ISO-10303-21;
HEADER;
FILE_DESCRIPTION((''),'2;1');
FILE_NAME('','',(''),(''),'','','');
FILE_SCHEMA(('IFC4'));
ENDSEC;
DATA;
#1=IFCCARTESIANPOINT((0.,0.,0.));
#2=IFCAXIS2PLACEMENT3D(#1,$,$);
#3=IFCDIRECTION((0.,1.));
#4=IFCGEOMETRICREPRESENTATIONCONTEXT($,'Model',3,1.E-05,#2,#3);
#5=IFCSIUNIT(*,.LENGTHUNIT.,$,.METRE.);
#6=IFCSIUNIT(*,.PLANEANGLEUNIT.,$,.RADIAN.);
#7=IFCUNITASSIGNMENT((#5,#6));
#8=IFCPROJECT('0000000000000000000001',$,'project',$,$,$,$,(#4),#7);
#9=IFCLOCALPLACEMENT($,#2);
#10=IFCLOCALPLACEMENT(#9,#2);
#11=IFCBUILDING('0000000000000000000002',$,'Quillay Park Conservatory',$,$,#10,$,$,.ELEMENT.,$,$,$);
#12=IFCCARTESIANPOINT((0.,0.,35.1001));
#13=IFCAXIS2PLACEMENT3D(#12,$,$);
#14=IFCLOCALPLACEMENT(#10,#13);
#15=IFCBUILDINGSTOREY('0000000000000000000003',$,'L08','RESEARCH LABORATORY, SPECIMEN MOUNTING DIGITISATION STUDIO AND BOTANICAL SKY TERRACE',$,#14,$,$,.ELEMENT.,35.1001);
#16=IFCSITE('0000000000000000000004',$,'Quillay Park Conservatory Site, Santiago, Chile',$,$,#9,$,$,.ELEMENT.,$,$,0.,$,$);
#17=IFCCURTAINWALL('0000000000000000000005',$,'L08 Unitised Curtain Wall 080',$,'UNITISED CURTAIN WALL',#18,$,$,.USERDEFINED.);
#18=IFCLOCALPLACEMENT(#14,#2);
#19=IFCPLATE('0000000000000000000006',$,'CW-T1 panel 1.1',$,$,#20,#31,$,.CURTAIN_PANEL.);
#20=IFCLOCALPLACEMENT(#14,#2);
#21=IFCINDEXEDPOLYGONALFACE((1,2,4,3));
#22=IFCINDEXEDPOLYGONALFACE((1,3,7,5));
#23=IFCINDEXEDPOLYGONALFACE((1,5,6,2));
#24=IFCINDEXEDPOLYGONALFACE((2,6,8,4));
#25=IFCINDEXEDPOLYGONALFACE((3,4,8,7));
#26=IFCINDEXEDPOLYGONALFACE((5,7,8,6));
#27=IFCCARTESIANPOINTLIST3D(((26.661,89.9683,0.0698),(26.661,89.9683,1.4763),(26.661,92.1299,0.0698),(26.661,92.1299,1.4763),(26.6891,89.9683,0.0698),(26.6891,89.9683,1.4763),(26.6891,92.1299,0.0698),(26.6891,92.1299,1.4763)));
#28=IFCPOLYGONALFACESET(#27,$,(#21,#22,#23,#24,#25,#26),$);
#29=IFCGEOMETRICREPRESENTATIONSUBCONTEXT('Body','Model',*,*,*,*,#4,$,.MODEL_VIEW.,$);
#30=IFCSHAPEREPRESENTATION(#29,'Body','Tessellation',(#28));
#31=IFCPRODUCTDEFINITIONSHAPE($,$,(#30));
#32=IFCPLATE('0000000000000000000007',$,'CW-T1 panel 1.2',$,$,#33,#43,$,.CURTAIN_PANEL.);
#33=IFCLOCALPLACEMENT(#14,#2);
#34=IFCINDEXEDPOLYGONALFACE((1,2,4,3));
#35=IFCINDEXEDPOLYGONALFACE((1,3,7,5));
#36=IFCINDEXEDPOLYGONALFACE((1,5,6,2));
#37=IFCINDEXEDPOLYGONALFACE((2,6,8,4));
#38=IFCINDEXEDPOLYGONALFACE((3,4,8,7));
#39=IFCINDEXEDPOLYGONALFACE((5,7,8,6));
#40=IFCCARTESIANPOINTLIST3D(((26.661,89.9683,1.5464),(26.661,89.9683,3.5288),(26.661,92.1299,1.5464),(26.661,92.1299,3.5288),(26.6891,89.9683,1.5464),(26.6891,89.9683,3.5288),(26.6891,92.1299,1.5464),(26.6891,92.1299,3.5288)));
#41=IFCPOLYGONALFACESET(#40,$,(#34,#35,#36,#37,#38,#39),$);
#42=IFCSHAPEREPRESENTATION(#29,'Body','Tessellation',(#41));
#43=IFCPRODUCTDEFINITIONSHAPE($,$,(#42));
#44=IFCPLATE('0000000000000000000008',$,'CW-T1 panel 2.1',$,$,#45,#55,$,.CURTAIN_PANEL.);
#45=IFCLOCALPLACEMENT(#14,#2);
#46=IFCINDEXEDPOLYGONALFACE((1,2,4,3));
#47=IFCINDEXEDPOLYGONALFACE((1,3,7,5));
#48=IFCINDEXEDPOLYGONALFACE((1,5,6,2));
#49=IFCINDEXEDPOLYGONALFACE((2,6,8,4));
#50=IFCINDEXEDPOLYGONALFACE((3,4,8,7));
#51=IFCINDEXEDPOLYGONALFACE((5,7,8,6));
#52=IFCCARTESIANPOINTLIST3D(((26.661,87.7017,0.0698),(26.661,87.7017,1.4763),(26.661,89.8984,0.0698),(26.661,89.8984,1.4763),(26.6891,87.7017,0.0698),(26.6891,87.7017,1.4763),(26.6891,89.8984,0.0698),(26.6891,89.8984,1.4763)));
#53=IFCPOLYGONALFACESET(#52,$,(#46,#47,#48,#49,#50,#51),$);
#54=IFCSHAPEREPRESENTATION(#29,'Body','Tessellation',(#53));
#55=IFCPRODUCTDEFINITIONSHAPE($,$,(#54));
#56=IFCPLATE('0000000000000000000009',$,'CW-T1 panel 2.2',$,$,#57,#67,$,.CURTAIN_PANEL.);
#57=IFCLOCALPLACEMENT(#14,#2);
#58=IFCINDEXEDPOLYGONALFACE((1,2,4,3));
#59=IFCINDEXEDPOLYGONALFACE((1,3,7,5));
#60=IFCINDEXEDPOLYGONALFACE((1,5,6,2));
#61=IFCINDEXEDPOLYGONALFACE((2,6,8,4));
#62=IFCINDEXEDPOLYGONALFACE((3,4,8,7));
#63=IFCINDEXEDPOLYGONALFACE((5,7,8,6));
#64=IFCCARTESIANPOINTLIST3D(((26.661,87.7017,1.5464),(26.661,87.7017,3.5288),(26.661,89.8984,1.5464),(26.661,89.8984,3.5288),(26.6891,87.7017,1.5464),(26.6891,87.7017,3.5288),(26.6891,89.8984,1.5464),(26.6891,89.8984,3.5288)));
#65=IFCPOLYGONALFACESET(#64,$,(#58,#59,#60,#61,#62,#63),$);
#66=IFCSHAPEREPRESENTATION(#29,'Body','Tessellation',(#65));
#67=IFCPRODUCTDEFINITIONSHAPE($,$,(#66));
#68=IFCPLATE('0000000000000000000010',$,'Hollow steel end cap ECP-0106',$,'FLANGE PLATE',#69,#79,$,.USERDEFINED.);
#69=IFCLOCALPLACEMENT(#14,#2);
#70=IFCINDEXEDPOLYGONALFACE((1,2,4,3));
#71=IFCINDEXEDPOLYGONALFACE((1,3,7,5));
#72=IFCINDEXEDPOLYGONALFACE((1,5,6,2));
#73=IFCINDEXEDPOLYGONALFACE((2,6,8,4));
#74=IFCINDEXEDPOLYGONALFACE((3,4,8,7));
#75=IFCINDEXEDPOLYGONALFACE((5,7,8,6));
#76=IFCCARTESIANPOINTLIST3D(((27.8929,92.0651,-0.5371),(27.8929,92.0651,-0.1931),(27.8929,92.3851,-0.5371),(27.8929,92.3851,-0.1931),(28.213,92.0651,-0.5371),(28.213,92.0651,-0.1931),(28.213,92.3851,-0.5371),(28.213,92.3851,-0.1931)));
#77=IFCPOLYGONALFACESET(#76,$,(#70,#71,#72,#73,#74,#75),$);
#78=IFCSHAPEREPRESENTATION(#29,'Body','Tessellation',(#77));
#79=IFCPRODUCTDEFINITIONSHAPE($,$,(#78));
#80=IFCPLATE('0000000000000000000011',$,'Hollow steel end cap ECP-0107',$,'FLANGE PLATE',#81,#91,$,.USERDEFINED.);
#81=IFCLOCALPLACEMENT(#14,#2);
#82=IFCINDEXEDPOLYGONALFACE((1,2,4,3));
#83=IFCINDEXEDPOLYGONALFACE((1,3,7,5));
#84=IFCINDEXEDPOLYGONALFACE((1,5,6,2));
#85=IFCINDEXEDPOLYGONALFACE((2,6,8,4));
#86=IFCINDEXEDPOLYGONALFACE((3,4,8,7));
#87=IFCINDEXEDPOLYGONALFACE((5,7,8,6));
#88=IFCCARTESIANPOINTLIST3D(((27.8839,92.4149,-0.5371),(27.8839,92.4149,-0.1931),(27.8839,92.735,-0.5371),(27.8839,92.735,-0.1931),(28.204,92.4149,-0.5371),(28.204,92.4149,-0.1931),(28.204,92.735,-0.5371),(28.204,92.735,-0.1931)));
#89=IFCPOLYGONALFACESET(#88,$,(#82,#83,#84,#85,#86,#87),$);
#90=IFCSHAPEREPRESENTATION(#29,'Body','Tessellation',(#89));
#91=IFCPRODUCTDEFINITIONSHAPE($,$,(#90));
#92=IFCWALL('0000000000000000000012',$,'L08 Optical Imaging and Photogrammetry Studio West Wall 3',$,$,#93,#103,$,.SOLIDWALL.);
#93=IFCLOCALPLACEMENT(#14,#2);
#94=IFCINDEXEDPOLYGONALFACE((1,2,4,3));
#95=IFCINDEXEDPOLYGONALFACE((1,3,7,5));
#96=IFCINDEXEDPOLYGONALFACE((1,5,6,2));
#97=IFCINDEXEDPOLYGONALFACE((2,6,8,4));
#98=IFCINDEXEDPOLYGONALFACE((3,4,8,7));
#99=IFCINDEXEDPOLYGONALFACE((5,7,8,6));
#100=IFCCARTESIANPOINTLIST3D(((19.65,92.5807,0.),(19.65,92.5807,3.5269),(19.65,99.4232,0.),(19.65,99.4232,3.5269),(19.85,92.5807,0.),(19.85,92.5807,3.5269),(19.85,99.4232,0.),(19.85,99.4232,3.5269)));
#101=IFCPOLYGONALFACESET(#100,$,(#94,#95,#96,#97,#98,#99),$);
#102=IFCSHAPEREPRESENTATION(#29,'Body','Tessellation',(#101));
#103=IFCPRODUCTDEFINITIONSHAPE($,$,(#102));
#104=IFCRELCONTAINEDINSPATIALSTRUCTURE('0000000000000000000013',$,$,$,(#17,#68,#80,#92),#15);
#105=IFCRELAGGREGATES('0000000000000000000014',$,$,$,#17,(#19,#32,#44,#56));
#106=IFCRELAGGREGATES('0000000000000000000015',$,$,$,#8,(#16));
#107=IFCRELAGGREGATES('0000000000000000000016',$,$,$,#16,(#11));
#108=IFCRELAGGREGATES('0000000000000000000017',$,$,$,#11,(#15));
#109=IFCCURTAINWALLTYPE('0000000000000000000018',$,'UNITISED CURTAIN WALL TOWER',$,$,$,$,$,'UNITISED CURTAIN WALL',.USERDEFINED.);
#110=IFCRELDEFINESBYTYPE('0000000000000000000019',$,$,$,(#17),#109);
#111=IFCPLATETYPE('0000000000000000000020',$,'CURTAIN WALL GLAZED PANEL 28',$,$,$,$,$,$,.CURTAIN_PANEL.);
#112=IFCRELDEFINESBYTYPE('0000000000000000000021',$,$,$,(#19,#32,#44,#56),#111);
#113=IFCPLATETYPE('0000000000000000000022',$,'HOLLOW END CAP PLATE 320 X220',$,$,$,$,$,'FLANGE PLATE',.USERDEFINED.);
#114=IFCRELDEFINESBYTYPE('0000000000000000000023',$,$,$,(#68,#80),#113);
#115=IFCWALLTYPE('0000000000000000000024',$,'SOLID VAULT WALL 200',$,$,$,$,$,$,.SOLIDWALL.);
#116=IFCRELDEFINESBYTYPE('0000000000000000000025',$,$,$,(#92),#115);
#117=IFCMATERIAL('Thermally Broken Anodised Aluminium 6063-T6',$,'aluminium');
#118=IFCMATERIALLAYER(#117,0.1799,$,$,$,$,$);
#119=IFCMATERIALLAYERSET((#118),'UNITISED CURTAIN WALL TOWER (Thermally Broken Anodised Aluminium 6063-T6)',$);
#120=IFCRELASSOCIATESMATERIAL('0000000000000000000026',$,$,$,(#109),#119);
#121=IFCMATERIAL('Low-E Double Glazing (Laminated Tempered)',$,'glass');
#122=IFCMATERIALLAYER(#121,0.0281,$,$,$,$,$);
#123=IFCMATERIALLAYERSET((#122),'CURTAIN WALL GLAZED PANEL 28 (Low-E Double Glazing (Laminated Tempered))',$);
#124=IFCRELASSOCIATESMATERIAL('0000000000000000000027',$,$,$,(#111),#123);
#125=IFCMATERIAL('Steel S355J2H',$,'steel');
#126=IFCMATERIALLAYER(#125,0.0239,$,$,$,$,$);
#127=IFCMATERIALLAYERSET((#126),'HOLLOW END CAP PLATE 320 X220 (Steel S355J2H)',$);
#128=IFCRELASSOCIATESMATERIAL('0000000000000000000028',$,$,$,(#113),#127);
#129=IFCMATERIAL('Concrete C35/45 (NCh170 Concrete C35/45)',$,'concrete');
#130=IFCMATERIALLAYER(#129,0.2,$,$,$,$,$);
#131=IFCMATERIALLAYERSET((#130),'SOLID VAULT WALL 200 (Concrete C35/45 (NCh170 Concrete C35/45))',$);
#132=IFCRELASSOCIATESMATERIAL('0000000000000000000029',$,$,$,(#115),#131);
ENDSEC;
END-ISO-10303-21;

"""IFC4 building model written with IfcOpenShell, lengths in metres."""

from ifc_helpers import new_model, si_unit, direction, frame, frame_2d, origin, origin_2d, place, context, subcontext, project, spatial, rectangle, extrude, material, layer, layer_set, type_object, element, aggregate, save


model = new_model("IFC4")

# Units and contexts
model_context = context("Model", 3, precision=1e-05, world=origin(), true_north=direction((0.0, 1.0)))
body_context = subcontext(model_context, "Body", "Model", "MODEL_VIEW")
ifc_project = project(units=[si_unit("LENGTHUNIT", "METRE"), si_unit("PLANEANGLEUNIT", "RADIAN")], contexts=[model_context])

# Site, building, storey
site_placement = place(None, origin())
site = spatial("IfcSite", under=ifc_project, at=site_placement, Name="Quillay Park Conservatory Site, Santiago, Chile", CompositionType="ELEMENT", RefElevation=0.0)
building_placement = place(site_placement, origin())
building = spatial("IfcBuilding", under=site, at=building_placement, Name="Quillay Park Conservatory", CompositionType="ELEMENT")
storey_placement = place(building_placement, frame((0.0, 0.0, 35.1001)))
storey = spatial("IfcBuildingStorey", under=building, at=storey_placement, Name="L08", Description="RESEARCH LABORATORY, SPECIMEN MOUNTING DIGITISATION STUDIO AND BOTANICAL SKY TERRACE", CompositionType="ELEMENT", Elevation=35.1001)

# Curtain wall
ifc_material_1 = material(Name="Thermally Broken Anodised Aluminium 6063-T6", Category="aluminium")
ifc_layer_1 = layer(ifc_material_1, 0.1799)
ifc_layer_set_1 = layer_set([ifc_layer_1], Name="UNITISED CURTAIN WALL TOWER (Thermally Broken Anodised Aluminium 6063-T6)")
curtain_wall_type = type_object("IfcCurtainWallType", Name="UNITISED CURTAIN WALL TOWER", ElementType="UNITISED CURTAIN WALL", PredefinedType="USERDEFINED", material=ifc_layer_set_1)
curtain_wall_placement = place(storey_placement, origin())
curtain_wall = element("IfcCurtainWall", 1, at=curtain_wall_placement, inside=storey, type_object=curtain_wall_type, Name="L08 Unitised Curtain Wall 080", ObjectType="UNITISED CURTAIN WALL", PredefinedType="USERDEFINED")

# Plates
ifc_material_2 = material(Name="Low-E Double Glazing (Laminated Tempered)", Category="glass")
ifc_layer_2 = layer(ifc_material_2, 0.0281)
ifc_layer_set_2 = layer_set([ifc_layer_2], Name="CURTAIN WALL GLAZED PANEL 28 (Low-E Double Glazing (Laminated Tempered))")
plate_type_1 = type_object("IfcPlateType", Name="CURTAIN WALL GLAZED PANEL 28", PredefinedType="CURTAIN_PANEL", material=ifc_layer_set_2)
plate_1_placement = place(storey_placement, frame((26.675, 91.0491, 0.0698), z_axis=(0.0, 0.0, 1.0), x_axis=(0.0, -1.0, 0.0)))
plate_1 = element("IfcPlate", 2, at=plate_1_placement, type_object=plate_type_1, Name="CW-T1 panel 1.1", PredefinedType="CURTAIN_PANEL", context=body_context, shape_type="SweptSolid", body=[
    extrude(rectangle(XDim=2.1616, YDim=0.0281, at=origin_2d()), origin(), (0.0, 0.0, 1.0), 1.4065),
])
plate_2_placement = place(storey_placement, frame((26.675, 91.0491, 1.5464), z_axis=(0.0, 0.0, 1.0), x_axis=(0.0, -1.0, 0.0)))
plate_2 = element("IfcPlate", 3, at=plate_2_placement, type_object=plate_type_1, Name="CW-T1 panel 1.2", PredefinedType="CURTAIN_PANEL", context=body_context, shape_type="SweptSolid", body=[
    extrude(rectangle(XDim=2.1616, YDim=0.0281, at=origin_2d()), origin(), (0.0, 0.0, 1.0), 1.9824),
])
plate_3_placement = place(storey_placement, frame((26.675, 88.8, 0.0698), z_axis=(0.0, 0.0, 1.0), x_axis=(0.0, -1.0, 0.0)))
plate_3 = element("IfcPlate", 4, at=plate_3_placement, type_object=plate_type_1, Name="CW-T1 panel 2.1", PredefinedType="CURTAIN_PANEL", context=body_context, shape_type="SweptSolid", body=[
    extrude(rectangle(XDim=2.1968, YDim=0.0281, at=origin_2d()), origin(), (0.0, 0.0, 1.0), 1.4065),
])
plate_4_placement = place(storey_placement, frame((26.675, 88.8, 1.5464), z_axis=(0.0, 0.0, 1.0), x_axis=(0.0, -1.0, 0.0)))
plate_4 = element("IfcPlate", 5, at=plate_4_placement, type_object=plate_type_1, Name="CW-T1 panel 2.2", PredefinedType="CURTAIN_PANEL", context=body_context, shape_type="SweptSolid", body=[
    extrude(rectangle(XDim=2.1968, YDim=0.0281, at=origin_2d()), origin(), (0.0, 0.0, 1.0), 1.9824),
])
aggregate(curtain_wall, [plate_1, plate_2, plate_3, plate_4])

# Plates
ifc_material_3 = material(Name="Steel S355J2H", Category="steel")
ifc_layer_3 = layer(ifc_material_3, 0.0239)
ifc_layer_set_3 = layer_set([ifc_layer_3], Name="HOLLOW END CAP PLATE 320 X220 (Steel S355J2H)")
plate_type_2 = type_object("IfcPlateType", Name="HOLLOW END CAP PLATE 320 X220", ElementType="FLANGE PLATE", PredefinedType="USERDEFINED", material=ifc_layer_set_3)
for number, where, z_axis, x_axis, name in (
    (6, (28.053, 92.2251, -0.5371), (0.0, 0.0, 1.0), (1.0, 0.0, 0.0), "Hollow steel end cap ECP-0106"),
    (7, (28.0439, 92.575, -0.5371), (0.0, 0.0, 1.0), (1.0, 0.0, 0.0), "Hollow steel end cap ECP-0107"),
):
    element("IfcPlate", number, at=place(storey_placement, frame(where, z_axis=z_axis, x_axis=x_axis)), inside=storey, type_object=plate_type_2, Name=name, ObjectType="FLANGE PLATE", PredefinedType="USERDEFINED", context=body_context, shape_type="SweptSolid", body=[
        extrude(rectangle(XDim=0.3201, YDim=0.3201, at=origin_2d()), origin(), (0.0, 0.0, 1.0), 0.344),
    ])

# Wall
ifc_material_4 = material(Name="Concrete C35/45 (NCh170 Concrete C35/45)", Category="concrete")
ifc_layer_4 = layer(ifc_material_4, 0.2)
ifc_layer_set_4 = layer_set([ifc_layer_4], Name="SOLID VAULT WALL 200 (Concrete C35/45 (NCh170 Concrete C35/45))")
wall_type = type_object("IfcWallType", Name="SOLID VAULT WALL 200", PredefinedType="SOLIDWALL", material=ifc_layer_set_4)
wall_placement = place(storey_placement, frame((19.75, 92.5806, 0.0), z_axis=(0.0, 0.0, 1.0), x_axis=(0.0, 1.0, 0.0)))
element("IfcWall", 8, at=wall_placement, inside=storey, type_object=wall_type, Name="L08 Optical Imaging and Photogrammetry Studio West Wall 3", PredefinedType="SOLIDWALL", context=body_context, shape_type="SweptSolid", body=[
    extrude(rectangle(XDim=6.8425, YDim=0.2, at=frame_2d((3.4214, 0.0))), origin(), (0.0, 0.0, 1.0), 3.5269),
])

save(model, "model.ifc")
